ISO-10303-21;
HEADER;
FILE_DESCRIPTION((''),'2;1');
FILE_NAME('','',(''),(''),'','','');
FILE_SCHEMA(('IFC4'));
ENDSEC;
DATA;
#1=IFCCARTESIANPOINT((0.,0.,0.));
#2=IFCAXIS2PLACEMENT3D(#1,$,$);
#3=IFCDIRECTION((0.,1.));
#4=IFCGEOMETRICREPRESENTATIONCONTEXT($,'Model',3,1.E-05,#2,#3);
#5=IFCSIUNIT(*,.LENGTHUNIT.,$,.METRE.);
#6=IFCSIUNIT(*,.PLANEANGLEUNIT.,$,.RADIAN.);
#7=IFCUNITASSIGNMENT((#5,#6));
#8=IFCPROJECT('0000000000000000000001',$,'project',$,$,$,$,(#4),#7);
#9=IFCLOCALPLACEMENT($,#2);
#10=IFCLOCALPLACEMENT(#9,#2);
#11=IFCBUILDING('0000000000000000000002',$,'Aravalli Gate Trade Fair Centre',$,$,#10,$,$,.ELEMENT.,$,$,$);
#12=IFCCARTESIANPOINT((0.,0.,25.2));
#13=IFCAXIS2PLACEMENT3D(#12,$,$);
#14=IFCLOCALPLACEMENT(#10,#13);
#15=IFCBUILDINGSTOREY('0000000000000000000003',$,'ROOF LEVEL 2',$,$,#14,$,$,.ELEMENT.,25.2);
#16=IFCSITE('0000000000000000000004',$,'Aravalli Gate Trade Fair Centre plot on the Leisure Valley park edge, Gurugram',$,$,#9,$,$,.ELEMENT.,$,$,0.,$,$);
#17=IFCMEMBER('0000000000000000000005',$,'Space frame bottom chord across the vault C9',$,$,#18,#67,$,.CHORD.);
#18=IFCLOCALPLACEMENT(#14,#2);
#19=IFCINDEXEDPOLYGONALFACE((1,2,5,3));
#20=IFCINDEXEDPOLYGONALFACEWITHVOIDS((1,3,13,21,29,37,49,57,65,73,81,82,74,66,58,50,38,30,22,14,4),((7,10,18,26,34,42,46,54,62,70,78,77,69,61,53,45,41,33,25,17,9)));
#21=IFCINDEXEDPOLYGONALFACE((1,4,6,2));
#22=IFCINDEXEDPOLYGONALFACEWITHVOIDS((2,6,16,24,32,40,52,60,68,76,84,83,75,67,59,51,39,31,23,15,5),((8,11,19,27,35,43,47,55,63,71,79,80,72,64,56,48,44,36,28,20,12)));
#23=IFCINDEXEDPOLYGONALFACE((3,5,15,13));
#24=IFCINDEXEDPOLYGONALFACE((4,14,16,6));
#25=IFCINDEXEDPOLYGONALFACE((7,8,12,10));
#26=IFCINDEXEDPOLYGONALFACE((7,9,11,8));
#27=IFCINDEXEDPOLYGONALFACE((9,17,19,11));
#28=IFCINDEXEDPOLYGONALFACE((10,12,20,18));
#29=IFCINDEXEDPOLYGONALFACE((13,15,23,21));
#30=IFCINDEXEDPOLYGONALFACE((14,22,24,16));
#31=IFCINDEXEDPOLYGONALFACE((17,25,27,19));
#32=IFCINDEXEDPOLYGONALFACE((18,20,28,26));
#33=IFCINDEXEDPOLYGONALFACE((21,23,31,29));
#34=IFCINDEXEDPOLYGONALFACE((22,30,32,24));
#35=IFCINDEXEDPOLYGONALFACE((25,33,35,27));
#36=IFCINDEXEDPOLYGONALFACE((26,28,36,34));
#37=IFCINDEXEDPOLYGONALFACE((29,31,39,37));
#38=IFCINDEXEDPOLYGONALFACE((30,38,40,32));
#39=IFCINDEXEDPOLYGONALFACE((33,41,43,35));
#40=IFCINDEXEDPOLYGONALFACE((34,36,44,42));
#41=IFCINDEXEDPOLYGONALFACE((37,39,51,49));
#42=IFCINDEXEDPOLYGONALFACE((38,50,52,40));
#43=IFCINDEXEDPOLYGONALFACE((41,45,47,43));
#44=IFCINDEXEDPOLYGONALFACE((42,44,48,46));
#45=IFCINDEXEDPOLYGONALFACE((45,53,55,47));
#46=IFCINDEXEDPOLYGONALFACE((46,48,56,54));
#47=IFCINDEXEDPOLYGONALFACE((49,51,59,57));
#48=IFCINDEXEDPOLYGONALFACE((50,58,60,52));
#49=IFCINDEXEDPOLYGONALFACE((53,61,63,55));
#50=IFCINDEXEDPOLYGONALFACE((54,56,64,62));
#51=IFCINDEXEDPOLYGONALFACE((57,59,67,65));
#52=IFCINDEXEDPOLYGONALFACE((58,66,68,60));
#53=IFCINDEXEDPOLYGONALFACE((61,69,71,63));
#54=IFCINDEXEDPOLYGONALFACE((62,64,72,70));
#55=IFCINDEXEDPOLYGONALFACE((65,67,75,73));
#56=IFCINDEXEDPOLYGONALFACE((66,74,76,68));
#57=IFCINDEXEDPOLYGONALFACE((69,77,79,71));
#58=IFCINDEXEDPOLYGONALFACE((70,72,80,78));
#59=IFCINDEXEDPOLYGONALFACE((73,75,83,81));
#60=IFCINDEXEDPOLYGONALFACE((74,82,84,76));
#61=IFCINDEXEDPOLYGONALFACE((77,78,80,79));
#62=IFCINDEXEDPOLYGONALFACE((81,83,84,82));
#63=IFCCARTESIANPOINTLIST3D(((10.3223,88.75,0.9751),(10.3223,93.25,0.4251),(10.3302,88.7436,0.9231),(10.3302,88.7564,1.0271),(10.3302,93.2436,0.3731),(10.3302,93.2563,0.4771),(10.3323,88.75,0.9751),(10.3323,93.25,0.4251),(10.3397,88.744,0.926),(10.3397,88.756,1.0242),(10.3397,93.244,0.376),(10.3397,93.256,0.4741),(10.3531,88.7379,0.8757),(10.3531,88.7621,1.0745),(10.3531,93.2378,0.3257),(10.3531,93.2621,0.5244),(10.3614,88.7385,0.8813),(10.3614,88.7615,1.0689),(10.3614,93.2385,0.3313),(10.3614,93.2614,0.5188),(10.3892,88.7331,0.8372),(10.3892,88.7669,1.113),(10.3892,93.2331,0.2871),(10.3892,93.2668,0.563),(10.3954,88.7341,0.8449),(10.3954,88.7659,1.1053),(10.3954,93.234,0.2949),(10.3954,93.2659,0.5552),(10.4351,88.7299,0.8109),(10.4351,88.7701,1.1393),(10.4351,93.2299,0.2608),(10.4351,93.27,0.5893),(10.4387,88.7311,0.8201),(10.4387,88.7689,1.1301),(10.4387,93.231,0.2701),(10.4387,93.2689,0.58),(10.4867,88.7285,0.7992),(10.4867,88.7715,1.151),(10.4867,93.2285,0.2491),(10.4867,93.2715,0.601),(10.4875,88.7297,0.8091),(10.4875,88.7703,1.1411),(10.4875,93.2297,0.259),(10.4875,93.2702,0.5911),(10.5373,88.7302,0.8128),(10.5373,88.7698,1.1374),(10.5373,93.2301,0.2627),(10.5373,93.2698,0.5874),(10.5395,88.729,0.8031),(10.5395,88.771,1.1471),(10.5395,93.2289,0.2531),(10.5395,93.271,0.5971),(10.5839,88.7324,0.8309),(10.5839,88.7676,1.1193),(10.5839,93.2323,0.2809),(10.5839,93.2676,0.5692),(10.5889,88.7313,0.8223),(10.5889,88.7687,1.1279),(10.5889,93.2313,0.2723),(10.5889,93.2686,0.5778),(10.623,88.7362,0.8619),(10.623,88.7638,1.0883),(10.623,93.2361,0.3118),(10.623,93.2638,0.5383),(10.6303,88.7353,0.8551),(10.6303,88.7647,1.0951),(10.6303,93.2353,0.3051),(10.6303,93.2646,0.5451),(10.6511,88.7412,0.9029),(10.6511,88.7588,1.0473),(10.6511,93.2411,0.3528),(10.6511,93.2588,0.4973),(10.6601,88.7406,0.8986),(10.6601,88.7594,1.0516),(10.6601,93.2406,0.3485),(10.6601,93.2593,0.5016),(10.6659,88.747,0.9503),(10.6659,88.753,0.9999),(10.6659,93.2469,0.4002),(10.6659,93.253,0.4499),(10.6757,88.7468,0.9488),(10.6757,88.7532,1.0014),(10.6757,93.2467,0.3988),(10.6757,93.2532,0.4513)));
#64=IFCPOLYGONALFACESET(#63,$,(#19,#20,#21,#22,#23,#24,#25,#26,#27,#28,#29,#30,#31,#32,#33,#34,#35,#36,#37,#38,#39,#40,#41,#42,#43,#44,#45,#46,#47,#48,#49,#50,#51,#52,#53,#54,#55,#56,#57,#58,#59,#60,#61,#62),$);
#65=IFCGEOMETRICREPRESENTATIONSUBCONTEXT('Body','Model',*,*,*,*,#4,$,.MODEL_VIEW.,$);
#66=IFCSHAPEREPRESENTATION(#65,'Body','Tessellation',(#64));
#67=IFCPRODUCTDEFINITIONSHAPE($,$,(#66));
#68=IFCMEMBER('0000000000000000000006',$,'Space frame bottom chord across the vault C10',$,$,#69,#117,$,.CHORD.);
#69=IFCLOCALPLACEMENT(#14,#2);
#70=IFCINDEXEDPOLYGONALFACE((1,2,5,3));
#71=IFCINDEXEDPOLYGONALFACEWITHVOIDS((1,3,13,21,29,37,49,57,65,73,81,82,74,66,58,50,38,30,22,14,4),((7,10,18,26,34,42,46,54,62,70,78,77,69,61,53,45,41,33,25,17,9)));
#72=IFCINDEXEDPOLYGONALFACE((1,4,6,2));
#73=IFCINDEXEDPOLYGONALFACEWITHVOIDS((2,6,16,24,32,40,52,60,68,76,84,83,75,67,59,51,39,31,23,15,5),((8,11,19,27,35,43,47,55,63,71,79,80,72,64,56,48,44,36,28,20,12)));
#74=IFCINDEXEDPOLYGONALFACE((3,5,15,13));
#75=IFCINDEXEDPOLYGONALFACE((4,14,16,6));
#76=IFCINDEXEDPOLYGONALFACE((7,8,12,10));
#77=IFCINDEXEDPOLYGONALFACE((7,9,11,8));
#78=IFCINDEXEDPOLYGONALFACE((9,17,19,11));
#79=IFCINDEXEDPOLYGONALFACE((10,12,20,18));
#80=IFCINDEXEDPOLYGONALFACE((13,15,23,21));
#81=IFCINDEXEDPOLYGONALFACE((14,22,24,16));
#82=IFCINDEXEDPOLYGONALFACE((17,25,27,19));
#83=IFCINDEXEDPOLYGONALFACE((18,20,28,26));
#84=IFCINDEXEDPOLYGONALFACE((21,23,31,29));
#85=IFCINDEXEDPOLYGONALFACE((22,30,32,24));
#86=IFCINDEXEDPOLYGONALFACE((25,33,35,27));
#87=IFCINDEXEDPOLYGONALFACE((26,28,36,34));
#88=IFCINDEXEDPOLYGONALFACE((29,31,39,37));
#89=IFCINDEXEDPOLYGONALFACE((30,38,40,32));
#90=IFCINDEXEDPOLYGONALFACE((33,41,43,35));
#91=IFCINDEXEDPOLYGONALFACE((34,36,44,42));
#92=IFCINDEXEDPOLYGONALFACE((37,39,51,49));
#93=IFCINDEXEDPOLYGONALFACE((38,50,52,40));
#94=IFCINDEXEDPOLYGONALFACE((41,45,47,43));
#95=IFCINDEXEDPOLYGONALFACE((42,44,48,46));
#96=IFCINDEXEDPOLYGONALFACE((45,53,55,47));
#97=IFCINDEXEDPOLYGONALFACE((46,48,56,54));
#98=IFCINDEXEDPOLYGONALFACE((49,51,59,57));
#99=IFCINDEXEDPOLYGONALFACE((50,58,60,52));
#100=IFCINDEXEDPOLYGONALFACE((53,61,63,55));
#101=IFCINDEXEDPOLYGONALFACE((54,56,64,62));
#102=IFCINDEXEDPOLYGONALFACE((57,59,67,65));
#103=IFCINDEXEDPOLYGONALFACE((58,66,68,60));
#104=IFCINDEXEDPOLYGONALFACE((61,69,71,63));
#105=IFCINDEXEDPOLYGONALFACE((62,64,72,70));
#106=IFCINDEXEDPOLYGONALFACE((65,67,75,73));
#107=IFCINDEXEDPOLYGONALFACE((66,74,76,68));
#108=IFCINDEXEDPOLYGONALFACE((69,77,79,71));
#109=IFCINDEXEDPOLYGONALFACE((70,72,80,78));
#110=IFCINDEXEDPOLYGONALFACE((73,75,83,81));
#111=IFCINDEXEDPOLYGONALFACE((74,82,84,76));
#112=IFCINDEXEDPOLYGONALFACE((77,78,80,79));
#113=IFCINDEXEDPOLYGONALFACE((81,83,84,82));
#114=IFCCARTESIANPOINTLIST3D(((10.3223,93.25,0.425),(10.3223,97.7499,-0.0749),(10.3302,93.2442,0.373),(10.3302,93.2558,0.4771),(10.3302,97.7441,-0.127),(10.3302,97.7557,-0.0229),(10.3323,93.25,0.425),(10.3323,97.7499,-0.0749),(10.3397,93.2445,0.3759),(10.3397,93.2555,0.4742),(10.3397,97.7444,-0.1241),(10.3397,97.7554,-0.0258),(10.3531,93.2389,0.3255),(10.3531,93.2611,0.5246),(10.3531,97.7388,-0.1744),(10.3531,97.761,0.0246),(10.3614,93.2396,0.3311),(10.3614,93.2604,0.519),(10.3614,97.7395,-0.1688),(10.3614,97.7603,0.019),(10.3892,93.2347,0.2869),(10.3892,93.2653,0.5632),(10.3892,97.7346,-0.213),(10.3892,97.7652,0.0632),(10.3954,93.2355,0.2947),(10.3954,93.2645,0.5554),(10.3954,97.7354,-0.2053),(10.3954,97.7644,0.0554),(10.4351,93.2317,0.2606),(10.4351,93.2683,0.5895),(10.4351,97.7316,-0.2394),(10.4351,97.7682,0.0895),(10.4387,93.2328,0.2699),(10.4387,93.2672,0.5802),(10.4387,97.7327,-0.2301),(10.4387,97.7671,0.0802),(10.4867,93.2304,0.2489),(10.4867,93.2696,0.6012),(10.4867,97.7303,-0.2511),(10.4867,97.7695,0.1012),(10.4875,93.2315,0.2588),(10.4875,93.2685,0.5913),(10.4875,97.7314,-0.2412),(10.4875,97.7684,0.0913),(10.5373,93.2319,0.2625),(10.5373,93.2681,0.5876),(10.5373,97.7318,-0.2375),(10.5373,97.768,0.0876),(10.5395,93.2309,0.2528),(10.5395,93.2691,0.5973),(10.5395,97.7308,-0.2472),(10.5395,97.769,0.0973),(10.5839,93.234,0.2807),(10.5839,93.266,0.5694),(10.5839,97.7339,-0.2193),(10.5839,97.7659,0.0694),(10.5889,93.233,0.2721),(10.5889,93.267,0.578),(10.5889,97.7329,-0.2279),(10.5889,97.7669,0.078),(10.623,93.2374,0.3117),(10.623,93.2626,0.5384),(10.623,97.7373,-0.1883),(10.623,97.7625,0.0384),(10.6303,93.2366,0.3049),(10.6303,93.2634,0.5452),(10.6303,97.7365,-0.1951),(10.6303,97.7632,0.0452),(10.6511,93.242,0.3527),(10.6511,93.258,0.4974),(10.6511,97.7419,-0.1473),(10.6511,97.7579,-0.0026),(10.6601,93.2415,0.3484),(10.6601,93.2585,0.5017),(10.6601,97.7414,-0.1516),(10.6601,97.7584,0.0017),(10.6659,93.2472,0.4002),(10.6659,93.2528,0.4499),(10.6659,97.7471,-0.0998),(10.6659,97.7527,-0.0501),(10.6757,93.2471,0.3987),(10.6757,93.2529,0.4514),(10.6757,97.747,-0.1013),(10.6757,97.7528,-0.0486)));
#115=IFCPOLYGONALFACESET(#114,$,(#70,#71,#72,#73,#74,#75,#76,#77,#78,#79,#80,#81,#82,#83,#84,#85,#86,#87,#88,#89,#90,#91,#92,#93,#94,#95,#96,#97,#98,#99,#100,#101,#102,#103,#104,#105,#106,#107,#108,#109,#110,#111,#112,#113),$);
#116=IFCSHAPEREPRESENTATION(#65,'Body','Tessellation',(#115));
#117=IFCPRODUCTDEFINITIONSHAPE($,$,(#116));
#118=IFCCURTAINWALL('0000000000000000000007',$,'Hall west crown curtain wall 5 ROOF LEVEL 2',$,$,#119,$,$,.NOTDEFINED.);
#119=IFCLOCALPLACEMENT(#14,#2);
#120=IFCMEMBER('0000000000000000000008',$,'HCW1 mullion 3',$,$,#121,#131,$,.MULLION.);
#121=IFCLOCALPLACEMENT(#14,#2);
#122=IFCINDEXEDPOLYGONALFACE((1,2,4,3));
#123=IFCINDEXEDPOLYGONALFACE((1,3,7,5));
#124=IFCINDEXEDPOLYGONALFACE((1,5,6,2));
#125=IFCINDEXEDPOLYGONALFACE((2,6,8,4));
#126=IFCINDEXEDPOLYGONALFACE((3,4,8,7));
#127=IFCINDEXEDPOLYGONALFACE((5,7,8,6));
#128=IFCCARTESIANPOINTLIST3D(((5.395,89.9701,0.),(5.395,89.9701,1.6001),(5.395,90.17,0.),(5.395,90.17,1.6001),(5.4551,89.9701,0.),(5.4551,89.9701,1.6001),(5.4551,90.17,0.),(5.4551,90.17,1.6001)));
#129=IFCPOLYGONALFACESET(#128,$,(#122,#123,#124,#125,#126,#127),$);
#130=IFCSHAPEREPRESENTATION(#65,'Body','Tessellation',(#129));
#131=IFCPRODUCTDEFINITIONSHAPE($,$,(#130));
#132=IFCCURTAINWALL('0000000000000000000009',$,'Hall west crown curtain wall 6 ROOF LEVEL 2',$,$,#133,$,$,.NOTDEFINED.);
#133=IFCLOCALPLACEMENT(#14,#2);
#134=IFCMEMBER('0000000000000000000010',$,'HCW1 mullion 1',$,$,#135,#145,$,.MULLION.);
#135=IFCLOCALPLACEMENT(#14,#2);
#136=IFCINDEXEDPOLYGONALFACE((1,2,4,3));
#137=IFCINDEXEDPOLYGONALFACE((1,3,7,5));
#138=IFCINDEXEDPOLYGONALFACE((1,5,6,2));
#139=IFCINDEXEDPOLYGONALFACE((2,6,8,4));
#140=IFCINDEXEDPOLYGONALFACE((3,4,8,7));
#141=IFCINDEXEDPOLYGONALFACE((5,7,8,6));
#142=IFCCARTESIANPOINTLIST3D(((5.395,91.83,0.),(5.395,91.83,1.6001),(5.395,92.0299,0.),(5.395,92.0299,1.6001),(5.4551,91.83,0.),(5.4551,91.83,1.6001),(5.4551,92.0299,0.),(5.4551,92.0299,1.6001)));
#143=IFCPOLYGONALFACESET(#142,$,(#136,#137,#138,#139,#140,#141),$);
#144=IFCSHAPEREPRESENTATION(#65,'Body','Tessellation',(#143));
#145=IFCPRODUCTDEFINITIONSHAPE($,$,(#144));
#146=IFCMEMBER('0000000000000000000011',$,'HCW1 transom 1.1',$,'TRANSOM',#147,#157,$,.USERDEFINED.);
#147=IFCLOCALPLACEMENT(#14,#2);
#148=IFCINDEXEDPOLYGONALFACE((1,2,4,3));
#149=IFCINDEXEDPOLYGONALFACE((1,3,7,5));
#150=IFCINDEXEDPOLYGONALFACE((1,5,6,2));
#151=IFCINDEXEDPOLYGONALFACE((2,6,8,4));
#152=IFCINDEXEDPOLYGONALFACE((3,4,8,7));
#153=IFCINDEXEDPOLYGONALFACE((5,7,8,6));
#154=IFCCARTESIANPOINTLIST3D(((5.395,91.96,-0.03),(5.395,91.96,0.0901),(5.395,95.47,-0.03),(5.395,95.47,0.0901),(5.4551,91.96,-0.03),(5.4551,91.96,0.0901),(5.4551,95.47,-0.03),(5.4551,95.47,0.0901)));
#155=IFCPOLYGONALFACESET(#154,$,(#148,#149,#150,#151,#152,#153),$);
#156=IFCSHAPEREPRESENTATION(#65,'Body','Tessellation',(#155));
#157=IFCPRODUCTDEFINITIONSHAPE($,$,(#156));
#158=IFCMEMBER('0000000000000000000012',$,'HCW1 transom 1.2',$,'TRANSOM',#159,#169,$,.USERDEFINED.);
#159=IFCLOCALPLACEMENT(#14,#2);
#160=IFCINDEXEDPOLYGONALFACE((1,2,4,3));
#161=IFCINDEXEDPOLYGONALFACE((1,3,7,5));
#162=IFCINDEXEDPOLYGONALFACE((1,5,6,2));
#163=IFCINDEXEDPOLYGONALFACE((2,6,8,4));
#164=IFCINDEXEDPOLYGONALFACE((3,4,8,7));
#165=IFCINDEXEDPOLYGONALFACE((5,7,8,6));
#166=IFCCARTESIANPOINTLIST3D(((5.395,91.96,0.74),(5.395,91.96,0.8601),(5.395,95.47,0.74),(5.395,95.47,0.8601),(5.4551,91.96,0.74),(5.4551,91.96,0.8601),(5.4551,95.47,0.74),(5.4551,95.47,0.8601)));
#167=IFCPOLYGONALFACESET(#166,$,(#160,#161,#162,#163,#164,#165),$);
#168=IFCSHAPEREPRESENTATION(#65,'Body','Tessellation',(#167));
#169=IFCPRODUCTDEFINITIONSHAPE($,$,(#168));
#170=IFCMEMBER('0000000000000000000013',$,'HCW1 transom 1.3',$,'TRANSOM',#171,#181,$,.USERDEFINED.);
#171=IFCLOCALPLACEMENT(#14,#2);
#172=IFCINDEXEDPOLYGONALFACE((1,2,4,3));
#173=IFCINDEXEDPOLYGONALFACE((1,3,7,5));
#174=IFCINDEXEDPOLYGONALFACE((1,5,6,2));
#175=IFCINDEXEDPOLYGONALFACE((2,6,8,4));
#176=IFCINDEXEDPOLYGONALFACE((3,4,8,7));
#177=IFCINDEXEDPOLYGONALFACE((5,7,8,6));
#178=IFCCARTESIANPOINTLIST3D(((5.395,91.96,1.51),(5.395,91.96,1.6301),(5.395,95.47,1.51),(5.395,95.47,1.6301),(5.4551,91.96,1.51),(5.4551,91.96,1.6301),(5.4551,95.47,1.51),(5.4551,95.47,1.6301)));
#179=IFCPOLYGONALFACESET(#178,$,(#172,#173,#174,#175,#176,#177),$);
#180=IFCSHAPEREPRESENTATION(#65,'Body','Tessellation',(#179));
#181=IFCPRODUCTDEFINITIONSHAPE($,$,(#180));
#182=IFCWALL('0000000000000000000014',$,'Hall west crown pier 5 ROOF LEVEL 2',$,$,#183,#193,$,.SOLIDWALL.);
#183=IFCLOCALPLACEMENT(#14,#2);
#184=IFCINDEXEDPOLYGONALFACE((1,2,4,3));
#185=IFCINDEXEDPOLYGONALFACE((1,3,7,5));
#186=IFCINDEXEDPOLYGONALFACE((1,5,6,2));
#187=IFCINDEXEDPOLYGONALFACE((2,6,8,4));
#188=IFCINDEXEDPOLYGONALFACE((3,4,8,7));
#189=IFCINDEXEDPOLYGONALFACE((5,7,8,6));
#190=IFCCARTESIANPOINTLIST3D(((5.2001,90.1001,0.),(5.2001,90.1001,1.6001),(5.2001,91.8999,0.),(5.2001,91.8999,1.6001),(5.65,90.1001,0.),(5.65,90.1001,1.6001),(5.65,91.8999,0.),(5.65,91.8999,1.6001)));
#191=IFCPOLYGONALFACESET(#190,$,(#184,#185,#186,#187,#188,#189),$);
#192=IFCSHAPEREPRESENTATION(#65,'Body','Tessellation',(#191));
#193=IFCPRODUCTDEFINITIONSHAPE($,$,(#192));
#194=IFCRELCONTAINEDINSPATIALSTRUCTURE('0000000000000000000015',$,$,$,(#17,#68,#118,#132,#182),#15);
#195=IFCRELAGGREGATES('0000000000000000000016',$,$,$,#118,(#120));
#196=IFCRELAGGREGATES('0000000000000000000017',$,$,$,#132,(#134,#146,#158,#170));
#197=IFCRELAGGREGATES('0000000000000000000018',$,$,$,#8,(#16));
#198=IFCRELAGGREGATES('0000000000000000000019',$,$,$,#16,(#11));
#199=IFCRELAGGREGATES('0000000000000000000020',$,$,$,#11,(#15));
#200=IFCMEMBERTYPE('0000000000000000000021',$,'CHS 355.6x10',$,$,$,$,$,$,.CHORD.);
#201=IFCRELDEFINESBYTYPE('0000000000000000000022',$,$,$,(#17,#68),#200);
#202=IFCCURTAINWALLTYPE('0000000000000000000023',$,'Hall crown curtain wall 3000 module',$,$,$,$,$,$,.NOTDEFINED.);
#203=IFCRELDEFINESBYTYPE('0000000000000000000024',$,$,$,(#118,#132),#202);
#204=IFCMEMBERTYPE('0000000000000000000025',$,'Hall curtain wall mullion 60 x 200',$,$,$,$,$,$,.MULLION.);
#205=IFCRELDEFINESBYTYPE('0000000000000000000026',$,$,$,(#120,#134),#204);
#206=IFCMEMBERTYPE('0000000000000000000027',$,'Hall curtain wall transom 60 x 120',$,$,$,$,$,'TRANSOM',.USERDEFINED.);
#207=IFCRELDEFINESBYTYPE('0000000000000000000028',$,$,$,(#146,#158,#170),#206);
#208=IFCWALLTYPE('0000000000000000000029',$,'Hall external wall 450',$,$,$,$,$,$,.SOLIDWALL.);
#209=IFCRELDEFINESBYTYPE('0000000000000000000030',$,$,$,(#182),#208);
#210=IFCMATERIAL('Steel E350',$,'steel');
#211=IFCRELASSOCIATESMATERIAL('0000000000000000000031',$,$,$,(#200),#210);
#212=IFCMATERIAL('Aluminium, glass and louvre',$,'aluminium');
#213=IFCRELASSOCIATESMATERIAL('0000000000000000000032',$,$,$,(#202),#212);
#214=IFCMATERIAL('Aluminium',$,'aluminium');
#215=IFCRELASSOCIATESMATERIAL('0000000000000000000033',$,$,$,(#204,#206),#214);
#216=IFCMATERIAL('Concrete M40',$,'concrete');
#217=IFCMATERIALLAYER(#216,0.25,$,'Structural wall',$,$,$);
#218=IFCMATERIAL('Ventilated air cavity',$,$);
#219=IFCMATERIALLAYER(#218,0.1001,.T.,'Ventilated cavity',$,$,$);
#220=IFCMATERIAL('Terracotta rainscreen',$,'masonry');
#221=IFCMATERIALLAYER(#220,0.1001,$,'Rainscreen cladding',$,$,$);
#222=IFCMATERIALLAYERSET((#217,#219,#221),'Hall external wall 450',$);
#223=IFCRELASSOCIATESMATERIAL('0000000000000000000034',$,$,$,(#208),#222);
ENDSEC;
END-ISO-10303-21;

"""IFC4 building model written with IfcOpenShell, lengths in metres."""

from ifc_helpers import new_model, si_unit, direction, frame, frame_2d, origin, origin_2d, place, context, subcontext, project, spatial, rectangle, hollow_circle, extrude, material, layer, layer_set, material_profile, profile_set, type_object, element, aggregate, save


model = new_model("IFC4")

# Units and contexts
model_context = context("Model", 3, precision=1e-05, world=origin(), true_north=direction((0.0, 1.0)))
body_context = subcontext(model_context, "Body", "Model", "MODEL_VIEW")
ifc_project = project(units=[si_unit("LENGTHUNIT", "METRE"), si_unit("PLANEANGLEUNIT", "RADIAN")], contexts=[model_context])

# Site, building, storey
site_placement = place(None, origin())
site = spatial("IfcSite", under=ifc_project, at=site_placement, Name="Aravalli Gate Trade Fair Centre plot on the Leisure Valley park edge, Gurugram", CompositionType="ELEMENT", RefElevation=0.0)
building_placement = place(site_placement, origin())
building = spatial("IfcBuilding", under=site, at=building_placement, Name="Aravalli Gate Trade Fair Centre", CompositionType="ELEMENT")
storey_placement = place(building_placement, frame((0.0, 0.0, 25.2)))
storey = spatial("IfcBuildingStorey", under=building, at=storey_placement, Name="ROOF LEVEL 2", CompositionType="ELEMENT", Elevation=25.2)

# Members
ifc_material_1 = material(Name="Steel E350", Category="steel")
ifc_material_profile_1 = material_profile(ifc_material_1, hollow_circle(Radius=0.1777, WallThickness=0.01, at=origin_2d()), Name="CHS 355.6x10")
ifc_profile_set_1 = profile_set([ifc_material_profile_1], Name="Steel E350")
member_type_1 = type_object("IfcMemberType", Name="CHS 355.6x10", PredefinedType="CHORD", material=ifc_profile_set_1)
member_1_placement = place(storey_placement, frame((10.5, 88.75, 0.9751), z_axis=(0.0, 0.992612, -0.12133), x_axis=(-1.0, 0.0, 0.0)))
element("IfcMember", 1, at=member_1_placement, inside=storey, type_object=member_type_1, Name="Space frame bottom chord across the vault C9", PredefinedType="CHORD", context=body_context, shape_type="SweptSolid", body=[
    extrude(hollow_circle(Radius=0.1777, WallThickness=0.01, at=origin_2d()), origin(), (0.0, 0.0, 1.0), 4.5334),
])
member_2_placement = place(storey_placement, frame((10.5, 93.25, 0.425), z_axis=(0.0, 0.993884, -0.110432), x_axis=(-1.0, 0.0, 0.0)))
element("IfcMember", 2, at=member_2_placement, inside=storey, type_object=member_type_1, Name="Space frame bottom chord across the vault C10", PredefinedType="CHORD", context=body_context, shape_type="SweptSolid", body=[
    extrude(hollow_circle(Radius=0.1777, WallThickness=0.01, at=origin_2d()), origin(), (0.0, 0.0, 1.0), 4.5276),
])

# Curtain wall, member
ifc_material_2 = material(Name="Aluminium, glass and louvre", Category="aluminium")
curtain_wall_type = type_object("IfcCurtainWallType", Name="Hall crown curtain wall 3000 module", PredefinedType="NOTDEFINED", material=ifc_material_2)
curtain_wall_1_placement = place(storey_placement, origin())
curtain_wall_1 = element("IfcCurtainWall", 3, at=curtain_wall_1_placement, inside=storey, type_object=curtain_wall_type, Name="Hall west crown curtain wall 5 ROOF LEVEL 2", PredefinedType="NOTDEFINED")
ifc_material_3 = material(Name="Aluminium", Category="aluminium")
ifc_material_profile_2 = material_profile(ifc_material_3, rectangle(XDim=0.0601, YDim=0.2, at=origin_2d()), Name="Hall curtain wall mullion 60 x 200")
ifc_profile_set_2 = profile_set([ifc_material_profile_2], Name="Aluminium")
member_type_2 = type_object("IfcMemberType", Name="Hall curtain wall mullion 60 x 200", PredefinedType="MULLION", material=ifc_profile_set_2)
member_3_placement = place(storey_placement, frame((5.425, 90.0701, 0.0), z_axis=(0.0, 0.0, 1.0), x_axis=(-1.0, 0.0, 0.0)))
member_3 = element("IfcMember", 4, at=member_3_placement, type_object=member_type_2, Name="HCW1 mullion 3", PredefinedType="MULLION", context=body_context, shape_type="SweptSolid", body=[
    extrude(rectangle(XDim=0.0601, YDim=0.2, at=origin_2d()), origin(), (0.0, 0.0, 1.0), 1.6001),
])
aggregate(curtain_wall_1, [member_3])

# Curtain wall, members
curtain_wall_2_placement = place(storey_placement, origin())
curtain_wall_2 = element("IfcCurtainWall", 5, at=curtain_wall_2_placement, inside=storey, type_object=curtain_wall_type, Name="Hall west crown curtain wall 6 ROOF LEVEL 2", PredefinedType="NOTDEFINED")
member_4_placement = place(storey_placement, frame((5.425, 91.9299, 0.0), z_axis=(0.0, 0.0, 1.0), x_axis=(-1.0, 0.0, 0.0)))
member_4 = element("IfcMember", 6, at=member_4_placement, type_object=member_type_2, Name="HCW1 mullion 1", PredefinedType="MULLION", context=body_context, shape_type="SweptSolid", body=[
    extrude(rectangle(XDim=0.0601, YDim=0.2, at=origin_2d()), origin(), (0.0, 0.0, 1.0), 1.6001),
])
ifc_material_profile_3 = material_profile(ifc_material_3, rectangle(XDim=0.0601, YDim=0.1201, at=origin_2d()), Name="Hall curtain wall transom 60 x 120")
ifc_profile_set_3 = profile_set([ifc_material_profile_3], Name="Aluminium")
member_type_3 = type_object("IfcMemberType", Name="Hall curtain wall transom 60 x 120", ElementType="TRANSOM", PredefinedType="USERDEFINED", material=ifc_profile_set_3)
member_5_placement = place(storey_placement, frame((5.425, 91.96, 0.03), z_axis=(0.0, 1.0, 0.0), x_axis=(-1.0, 0.0, 0.0)))
member_5 = element("IfcMember", 7, at=member_5_placement, type_object=member_type_3, Name="HCW1 transom 1.1", ObjectType="TRANSOM", PredefinedType="USERDEFINED", context=body_context, shape_type="SweptSolid", body=[
    extrude(rectangle(XDim=0.0601, YDim=0.1201, at=origin_2d()), origin(), (0.0, 0.0, 1.0), 3.51),
])
member_6_placement = place(storey_placement, frame((5.425, 91.96, 0.8), z_axis=(0.0, 1.0, 0.0), x_axis=(-1.0, 0.0, 0.0)))
member_6 = element("IfcMember", 8, at=member_6_placement, type_object=member_type_3, Name="HCW1 transom 1.2", ObjectType="TRANSOM", PredefinedType="USERDEFINED", context=body_context, shape_type="SweptSolid", body=[
    extrude(rectangle(XDim=0.0601, YDim=0.1201, at=origin_2d()), origin(), (0.0, 0.0, 1.0), 3.51),
])
member_7_placement = place(storey_placement, frame((5.425, 91.96, 1.5701), z_axis=(0.0, 1.0, 0.0), x_axis=(-1.0, 0.0, 0.0)))
member_7 = element("IfcMember", 9, at=member_7_placement, type_object=member_type_3, Name="HCW1 transom 1.3", ObjectType="TRANSOM", PredefinedType="USERDEFINED", context=body_context, shape_type="SweptSolid", body=[
    extrude(rectangle(XDim=0.0601, YDim=0.1201, at=origin_2d()), origin(), (0.0, 0.0, 1.0), 3.51),
])
aggregate(curtain_wall_2, [member_4, member_5, member_6, member_7])

# Wall
ifc_material_4 = material(Name="Concrete M40", Category="concrete")
ifc_layer_1 = layer(ifc_material_4, 0.25, Name="Structural wall")
ifc_material_5 = material(Name="Ventilated air cavity")
ifc_layer_2 = layer(ifc_material_5, 0.1001, ventilated=True, Name="Ventilated cavity")
ifc_material_6 = material(Name="Terracotta rainscreen", Category="masonry")
ifc_layer_3 = layer(ifc_material_6, 0.1001, Name="Rainscreen cladding")
ifc_layer_set_1 = layer_set([ifc_layer_1, ifc_layer_2, ifc_layer_3], Name="Hall external wall 450")
wall_type = type_object("IfcWallType", Name="Hall external wall 450", PredefinedType="SOLIDWALL", material=ifc_layer_set_1)
wall_placement = place(storey_placement, frame((5.425, 90.1001, 0.0), z_axis=(0.0, 0.0, 1.0), x_axis=(0.0, 1.0, 0.0)))
element("IfcWall", 10, at=wall_placement, inside=storey, type_object=wall_type, Name="Hall west crown pier 5 ROOF LEVEL 2", PredefinedType="SOLIDWALL", context=body_context, shape_type="SweptSolid", body=[
    extrude(rectangle(XDim=1.7998, YDim=0.45, at=frame_2d((0.8999, 0.0))), origin(), (0.0, 0.0, 1.0), 1.6001),
])

save(model, "model.ifc")
